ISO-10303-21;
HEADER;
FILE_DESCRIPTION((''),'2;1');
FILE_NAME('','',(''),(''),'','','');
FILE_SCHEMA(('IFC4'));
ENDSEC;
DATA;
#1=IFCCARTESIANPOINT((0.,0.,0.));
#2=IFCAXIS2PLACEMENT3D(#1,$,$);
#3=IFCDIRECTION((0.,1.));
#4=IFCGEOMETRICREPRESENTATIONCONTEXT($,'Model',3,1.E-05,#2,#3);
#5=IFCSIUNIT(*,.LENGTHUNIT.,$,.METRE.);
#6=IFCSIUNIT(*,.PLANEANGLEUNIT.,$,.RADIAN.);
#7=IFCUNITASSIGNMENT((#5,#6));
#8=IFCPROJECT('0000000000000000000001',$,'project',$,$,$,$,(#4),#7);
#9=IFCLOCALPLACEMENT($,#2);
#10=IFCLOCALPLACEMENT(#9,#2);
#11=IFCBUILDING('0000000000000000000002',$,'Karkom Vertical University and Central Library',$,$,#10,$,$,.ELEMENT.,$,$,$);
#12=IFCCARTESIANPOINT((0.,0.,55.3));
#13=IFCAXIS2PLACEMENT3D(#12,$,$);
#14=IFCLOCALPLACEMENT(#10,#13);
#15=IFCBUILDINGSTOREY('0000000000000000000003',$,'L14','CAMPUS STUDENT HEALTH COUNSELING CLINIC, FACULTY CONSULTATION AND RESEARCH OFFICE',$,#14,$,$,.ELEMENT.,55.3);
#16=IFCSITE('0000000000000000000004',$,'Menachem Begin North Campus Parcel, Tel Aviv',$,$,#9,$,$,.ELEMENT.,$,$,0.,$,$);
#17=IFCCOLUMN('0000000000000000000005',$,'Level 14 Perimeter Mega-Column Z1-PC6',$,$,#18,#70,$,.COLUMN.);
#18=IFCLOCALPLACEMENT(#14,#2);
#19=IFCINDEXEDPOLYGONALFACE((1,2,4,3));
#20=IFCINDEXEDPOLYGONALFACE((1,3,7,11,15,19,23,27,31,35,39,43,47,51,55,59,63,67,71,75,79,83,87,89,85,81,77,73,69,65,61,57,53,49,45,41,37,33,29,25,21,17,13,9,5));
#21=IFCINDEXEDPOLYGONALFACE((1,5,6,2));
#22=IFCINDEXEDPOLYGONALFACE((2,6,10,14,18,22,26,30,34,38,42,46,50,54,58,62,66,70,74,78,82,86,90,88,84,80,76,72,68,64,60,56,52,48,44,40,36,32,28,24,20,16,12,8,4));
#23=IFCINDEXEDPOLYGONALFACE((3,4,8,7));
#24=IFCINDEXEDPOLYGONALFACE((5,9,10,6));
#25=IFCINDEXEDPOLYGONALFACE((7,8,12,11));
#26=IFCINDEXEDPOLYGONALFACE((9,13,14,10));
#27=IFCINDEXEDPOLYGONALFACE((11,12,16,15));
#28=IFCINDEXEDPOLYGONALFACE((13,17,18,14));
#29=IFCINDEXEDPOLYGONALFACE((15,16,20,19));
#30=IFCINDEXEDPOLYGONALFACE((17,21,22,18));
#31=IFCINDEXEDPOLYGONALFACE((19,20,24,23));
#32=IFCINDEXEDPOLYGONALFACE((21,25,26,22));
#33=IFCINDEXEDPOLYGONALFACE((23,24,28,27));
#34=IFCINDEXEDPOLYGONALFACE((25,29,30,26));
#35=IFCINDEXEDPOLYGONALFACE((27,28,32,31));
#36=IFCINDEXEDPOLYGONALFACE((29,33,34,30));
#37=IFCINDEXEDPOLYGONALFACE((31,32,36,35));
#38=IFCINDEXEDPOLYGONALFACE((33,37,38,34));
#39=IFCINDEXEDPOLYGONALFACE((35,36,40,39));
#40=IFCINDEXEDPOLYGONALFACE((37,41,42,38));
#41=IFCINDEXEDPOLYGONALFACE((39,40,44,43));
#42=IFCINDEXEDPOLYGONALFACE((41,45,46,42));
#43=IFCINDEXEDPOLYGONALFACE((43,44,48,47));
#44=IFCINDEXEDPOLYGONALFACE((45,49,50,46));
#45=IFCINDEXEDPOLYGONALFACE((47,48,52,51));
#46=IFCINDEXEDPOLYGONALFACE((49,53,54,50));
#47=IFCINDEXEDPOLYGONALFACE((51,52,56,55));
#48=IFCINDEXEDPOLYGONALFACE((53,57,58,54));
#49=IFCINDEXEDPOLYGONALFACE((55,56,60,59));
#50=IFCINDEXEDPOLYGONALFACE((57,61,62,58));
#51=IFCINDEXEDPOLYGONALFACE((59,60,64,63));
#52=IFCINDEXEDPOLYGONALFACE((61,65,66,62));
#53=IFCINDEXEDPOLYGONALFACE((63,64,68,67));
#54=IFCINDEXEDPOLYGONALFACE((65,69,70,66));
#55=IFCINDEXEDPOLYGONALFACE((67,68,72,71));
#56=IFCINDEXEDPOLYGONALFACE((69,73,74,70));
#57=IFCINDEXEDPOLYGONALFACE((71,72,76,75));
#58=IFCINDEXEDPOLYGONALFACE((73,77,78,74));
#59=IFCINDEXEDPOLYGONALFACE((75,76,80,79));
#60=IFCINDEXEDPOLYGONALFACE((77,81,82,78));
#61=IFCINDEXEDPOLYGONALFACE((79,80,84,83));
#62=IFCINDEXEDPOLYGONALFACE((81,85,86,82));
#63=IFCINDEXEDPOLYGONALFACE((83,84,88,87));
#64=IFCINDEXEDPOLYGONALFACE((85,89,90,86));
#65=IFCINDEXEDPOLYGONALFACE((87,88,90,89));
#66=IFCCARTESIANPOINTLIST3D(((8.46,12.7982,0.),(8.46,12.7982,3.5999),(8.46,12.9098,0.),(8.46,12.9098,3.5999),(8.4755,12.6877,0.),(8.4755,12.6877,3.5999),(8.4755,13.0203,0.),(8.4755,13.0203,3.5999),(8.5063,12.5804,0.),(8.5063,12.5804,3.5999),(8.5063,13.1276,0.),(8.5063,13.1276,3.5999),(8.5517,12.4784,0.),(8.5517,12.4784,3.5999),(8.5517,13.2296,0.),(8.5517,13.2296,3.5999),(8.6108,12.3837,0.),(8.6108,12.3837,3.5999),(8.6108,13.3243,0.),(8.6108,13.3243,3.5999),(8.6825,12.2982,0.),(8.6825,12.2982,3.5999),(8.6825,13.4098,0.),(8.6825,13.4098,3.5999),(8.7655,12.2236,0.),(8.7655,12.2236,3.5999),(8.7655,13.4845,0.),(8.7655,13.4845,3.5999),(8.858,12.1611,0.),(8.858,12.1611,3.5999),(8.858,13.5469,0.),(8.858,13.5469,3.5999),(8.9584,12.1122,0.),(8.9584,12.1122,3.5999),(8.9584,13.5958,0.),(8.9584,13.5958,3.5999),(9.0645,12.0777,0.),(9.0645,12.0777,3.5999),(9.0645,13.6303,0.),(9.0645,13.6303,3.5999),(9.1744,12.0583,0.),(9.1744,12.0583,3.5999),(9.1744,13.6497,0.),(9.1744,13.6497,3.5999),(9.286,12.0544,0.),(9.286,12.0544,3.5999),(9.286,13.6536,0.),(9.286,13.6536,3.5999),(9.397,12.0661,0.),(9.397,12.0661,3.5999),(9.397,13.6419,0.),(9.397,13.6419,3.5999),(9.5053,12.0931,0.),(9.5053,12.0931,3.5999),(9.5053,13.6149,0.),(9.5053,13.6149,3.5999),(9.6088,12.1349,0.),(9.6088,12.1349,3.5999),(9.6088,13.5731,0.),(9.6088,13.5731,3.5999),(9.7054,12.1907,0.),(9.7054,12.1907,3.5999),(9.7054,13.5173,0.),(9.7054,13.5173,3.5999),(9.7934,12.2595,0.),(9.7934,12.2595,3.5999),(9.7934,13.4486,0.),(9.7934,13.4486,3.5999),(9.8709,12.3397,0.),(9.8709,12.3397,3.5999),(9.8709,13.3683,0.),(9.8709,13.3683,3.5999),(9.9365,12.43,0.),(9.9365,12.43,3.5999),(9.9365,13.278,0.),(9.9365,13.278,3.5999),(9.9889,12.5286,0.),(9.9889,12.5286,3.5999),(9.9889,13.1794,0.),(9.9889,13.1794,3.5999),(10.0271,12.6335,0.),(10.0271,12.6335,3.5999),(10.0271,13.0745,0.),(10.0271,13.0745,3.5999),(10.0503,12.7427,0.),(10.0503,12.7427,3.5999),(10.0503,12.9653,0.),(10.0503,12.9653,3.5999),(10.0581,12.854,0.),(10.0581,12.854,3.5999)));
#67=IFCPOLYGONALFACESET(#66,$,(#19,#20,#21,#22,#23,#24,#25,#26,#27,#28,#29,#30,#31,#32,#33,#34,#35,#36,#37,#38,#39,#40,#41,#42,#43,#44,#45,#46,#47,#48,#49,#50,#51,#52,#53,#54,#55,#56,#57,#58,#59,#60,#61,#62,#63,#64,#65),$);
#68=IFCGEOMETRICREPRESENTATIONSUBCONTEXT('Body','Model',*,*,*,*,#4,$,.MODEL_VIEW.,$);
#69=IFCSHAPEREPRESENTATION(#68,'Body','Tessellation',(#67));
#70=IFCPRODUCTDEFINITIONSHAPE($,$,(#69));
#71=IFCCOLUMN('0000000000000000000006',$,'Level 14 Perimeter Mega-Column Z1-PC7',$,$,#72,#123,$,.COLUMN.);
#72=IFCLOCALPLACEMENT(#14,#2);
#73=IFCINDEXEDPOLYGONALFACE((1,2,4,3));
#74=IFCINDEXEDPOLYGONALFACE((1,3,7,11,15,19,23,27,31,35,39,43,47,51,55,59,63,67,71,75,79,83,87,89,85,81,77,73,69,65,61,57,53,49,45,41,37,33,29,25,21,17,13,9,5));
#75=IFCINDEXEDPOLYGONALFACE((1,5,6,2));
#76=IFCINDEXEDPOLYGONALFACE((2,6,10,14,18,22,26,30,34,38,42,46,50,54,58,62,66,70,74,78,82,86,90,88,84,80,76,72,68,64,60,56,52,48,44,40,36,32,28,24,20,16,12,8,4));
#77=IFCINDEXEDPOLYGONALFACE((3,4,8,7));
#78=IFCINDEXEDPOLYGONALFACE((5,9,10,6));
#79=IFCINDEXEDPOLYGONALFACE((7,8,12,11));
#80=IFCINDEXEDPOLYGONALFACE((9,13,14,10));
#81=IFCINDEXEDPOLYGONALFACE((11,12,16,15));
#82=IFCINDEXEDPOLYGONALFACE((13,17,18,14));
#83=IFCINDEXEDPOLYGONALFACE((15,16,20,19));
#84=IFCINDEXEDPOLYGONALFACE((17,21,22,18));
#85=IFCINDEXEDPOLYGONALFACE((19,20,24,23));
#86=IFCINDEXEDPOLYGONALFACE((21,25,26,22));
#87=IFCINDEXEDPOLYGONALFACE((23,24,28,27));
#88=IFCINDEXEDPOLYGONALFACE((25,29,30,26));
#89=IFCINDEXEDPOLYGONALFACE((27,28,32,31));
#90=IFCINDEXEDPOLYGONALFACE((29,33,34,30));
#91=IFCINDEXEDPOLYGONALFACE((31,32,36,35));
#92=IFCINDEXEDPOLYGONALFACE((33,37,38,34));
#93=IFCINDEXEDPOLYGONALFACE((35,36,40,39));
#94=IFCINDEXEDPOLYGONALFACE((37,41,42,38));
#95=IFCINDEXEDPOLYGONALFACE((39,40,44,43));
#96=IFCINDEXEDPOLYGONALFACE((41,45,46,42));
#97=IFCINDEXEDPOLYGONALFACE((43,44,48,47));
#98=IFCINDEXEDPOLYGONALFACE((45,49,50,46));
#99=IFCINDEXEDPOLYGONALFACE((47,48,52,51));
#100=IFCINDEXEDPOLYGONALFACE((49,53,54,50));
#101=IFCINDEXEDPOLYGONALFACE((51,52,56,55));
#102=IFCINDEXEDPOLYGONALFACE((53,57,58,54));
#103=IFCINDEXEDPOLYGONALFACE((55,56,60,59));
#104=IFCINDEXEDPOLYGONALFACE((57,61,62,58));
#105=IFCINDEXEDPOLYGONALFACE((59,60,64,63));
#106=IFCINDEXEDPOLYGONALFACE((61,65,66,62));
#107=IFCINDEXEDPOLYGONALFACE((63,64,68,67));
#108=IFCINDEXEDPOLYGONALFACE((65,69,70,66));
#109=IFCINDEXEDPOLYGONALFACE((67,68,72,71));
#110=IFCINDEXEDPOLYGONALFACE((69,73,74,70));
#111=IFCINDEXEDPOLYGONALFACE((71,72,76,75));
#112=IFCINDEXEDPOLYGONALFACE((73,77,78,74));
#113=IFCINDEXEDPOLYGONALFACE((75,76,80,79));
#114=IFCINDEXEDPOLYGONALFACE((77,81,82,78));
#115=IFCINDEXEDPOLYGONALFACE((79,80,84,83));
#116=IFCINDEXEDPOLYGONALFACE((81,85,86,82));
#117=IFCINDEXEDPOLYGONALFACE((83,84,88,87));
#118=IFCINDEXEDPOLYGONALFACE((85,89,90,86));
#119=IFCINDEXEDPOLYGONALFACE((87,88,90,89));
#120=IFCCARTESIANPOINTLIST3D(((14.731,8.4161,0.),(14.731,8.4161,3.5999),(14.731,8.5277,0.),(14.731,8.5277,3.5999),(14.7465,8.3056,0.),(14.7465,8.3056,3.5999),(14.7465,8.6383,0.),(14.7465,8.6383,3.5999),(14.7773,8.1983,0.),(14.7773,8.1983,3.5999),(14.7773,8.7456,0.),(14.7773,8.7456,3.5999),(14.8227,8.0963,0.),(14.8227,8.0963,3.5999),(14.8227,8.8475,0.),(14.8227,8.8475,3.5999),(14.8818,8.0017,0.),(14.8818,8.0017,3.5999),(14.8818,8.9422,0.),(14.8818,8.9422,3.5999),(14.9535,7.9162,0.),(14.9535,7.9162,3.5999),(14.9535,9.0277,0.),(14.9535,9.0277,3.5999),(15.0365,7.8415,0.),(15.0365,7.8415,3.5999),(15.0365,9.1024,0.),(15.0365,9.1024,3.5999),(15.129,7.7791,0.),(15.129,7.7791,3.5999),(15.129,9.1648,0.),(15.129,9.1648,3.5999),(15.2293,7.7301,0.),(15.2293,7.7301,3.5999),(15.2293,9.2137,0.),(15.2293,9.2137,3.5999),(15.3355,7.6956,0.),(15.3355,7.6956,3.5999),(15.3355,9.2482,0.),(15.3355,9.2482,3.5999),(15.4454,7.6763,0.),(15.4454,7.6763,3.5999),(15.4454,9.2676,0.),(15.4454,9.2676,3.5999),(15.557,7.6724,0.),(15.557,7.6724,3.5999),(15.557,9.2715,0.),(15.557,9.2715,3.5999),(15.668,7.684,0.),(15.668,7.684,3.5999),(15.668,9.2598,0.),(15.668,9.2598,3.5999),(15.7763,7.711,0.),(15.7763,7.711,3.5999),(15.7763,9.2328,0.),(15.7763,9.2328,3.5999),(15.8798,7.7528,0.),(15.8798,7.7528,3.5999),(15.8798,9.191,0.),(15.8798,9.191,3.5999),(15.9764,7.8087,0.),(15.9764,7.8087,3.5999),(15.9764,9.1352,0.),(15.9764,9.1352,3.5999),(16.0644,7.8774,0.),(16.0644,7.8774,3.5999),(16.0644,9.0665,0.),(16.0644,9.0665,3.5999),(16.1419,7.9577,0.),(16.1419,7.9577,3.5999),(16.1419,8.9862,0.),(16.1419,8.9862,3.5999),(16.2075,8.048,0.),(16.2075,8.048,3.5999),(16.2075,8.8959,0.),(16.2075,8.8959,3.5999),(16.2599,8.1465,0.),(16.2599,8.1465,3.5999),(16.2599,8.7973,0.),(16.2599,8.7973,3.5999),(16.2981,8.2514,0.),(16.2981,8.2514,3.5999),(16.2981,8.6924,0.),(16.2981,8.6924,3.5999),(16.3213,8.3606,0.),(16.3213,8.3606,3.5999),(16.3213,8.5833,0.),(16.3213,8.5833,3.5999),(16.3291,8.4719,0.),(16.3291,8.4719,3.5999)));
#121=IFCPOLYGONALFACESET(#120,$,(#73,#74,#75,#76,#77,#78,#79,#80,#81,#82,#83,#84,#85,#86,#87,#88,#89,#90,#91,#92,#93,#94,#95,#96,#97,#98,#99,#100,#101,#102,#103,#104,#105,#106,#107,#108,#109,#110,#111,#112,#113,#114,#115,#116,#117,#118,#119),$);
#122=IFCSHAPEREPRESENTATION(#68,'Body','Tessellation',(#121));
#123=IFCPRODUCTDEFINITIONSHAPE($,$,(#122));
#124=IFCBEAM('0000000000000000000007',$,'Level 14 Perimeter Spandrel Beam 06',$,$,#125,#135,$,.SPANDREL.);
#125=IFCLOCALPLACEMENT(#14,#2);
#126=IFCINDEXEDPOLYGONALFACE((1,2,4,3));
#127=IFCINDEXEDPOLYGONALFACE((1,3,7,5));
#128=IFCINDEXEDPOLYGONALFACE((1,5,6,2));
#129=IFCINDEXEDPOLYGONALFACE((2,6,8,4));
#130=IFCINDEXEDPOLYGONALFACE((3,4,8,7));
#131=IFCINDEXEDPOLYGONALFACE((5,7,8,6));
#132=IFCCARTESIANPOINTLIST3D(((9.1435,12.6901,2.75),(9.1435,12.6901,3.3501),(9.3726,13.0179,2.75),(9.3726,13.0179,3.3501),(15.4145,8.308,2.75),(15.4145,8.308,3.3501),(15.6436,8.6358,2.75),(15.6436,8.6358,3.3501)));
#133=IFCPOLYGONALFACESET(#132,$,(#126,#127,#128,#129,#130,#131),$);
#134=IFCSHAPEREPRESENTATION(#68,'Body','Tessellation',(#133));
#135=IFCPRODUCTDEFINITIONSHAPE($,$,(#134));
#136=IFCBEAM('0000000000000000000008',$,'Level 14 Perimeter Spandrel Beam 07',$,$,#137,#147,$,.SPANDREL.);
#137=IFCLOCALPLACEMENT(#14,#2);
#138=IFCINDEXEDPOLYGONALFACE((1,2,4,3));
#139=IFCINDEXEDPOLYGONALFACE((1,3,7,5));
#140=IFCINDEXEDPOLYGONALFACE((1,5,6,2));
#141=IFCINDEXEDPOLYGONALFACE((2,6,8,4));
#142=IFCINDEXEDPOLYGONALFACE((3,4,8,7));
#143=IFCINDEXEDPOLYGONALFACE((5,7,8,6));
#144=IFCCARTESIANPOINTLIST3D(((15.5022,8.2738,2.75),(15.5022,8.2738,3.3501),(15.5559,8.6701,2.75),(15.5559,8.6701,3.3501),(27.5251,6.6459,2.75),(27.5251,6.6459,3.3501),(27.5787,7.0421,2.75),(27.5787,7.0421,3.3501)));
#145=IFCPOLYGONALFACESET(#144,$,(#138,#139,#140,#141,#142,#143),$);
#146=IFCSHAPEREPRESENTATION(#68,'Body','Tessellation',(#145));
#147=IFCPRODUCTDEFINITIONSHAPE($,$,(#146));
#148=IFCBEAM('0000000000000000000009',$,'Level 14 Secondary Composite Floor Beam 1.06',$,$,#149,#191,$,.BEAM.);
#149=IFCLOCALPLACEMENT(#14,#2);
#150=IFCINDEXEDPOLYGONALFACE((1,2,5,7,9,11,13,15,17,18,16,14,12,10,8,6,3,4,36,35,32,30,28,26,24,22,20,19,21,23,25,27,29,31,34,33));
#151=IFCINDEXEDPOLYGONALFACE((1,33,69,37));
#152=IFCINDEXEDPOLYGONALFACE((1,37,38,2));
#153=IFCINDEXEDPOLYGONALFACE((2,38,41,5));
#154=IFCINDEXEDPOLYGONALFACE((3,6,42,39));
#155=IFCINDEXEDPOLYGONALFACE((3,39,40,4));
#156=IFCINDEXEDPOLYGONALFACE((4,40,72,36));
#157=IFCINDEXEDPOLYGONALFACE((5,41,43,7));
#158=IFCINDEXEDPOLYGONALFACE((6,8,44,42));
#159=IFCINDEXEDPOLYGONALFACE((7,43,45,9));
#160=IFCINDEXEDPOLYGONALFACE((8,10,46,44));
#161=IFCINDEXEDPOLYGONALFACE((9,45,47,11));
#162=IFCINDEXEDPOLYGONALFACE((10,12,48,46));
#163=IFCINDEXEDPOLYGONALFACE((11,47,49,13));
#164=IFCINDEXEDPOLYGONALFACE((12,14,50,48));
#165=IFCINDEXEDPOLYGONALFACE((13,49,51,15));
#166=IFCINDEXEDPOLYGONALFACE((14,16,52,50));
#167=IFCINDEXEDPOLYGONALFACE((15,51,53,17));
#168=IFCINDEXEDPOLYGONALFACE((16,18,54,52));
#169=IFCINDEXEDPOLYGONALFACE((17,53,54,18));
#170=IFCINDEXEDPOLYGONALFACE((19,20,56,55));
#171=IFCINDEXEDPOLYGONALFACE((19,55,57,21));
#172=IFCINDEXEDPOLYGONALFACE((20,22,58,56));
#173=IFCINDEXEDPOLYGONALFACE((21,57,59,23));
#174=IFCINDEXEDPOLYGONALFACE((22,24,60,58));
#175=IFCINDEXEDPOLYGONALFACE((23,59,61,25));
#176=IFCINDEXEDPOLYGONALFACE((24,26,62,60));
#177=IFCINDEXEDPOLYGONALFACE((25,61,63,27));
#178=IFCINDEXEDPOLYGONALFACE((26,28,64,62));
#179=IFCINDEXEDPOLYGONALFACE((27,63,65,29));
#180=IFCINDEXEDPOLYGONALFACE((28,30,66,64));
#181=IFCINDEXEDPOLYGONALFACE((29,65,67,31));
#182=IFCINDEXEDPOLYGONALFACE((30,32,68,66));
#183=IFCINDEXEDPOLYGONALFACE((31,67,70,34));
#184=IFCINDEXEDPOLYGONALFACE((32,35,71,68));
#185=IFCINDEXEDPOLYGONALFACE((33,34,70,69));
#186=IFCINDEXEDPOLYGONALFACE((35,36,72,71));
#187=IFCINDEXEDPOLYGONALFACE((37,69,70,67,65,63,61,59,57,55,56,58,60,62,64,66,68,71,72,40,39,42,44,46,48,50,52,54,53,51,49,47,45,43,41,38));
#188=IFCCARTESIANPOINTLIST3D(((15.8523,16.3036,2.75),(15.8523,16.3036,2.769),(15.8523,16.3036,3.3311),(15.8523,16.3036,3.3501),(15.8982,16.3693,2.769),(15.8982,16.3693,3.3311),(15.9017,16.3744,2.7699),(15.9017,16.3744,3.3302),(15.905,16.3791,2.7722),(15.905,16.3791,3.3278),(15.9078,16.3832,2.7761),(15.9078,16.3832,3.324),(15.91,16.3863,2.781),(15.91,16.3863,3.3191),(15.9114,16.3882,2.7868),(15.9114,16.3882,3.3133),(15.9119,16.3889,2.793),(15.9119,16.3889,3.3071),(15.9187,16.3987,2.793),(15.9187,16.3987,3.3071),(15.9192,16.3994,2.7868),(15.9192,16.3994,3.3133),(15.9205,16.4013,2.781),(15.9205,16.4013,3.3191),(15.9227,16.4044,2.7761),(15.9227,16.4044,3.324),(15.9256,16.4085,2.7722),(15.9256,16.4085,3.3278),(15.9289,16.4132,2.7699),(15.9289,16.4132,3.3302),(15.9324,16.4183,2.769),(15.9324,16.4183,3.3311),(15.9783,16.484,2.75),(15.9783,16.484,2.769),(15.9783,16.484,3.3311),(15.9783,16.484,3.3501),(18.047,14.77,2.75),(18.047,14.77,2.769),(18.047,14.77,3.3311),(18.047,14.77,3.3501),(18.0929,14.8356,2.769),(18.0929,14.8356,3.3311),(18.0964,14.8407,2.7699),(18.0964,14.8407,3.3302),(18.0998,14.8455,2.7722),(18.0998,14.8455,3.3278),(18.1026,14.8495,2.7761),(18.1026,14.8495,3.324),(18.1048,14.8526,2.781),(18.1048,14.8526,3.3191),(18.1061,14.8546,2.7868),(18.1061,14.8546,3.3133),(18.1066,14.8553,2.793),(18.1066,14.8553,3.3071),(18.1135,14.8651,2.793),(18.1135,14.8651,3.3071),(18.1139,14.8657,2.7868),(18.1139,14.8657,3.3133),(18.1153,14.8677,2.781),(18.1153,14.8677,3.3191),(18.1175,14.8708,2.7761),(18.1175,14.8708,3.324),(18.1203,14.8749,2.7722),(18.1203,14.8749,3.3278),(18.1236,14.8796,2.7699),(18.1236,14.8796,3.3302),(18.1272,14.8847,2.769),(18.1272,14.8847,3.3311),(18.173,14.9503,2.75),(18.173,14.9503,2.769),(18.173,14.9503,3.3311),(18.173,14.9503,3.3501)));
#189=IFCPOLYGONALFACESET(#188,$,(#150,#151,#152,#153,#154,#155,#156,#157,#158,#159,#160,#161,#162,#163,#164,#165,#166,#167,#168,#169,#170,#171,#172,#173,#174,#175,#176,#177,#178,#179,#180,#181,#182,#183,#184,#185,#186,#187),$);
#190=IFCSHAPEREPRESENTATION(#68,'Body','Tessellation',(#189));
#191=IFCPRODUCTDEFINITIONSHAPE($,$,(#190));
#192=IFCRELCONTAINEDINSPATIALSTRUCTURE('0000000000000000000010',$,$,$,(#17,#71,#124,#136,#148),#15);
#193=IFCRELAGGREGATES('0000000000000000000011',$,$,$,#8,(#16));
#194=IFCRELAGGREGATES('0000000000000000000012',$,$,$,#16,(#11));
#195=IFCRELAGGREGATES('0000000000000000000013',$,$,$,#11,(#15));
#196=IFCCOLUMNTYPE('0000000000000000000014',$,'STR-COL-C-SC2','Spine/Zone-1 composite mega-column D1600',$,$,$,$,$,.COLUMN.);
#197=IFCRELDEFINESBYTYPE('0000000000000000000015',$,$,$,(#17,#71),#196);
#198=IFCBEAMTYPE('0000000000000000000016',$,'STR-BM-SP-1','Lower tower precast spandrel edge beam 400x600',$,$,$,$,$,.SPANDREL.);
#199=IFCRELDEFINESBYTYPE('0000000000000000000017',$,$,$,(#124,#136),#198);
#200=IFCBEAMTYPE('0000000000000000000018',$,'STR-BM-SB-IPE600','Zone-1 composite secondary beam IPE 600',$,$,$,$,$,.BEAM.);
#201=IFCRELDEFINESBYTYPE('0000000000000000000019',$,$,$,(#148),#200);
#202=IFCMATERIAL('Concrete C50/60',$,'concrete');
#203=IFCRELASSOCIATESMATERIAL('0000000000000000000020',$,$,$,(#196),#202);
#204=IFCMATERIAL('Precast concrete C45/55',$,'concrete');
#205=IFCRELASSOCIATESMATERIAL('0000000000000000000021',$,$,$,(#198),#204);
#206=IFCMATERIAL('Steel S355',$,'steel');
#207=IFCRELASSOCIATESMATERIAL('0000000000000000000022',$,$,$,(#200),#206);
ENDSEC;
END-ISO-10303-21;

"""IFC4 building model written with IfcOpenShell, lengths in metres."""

from ifc_helpers import new_model, si_unit, direction, frame, origin, origin_with_axes, origin_2d, place, context, subcontext, project, spatial, rectangle, circle, i_section, extrude, source, transform, mapped, material, material_profile, profile_set, type_object, element, save


model = new_model("IFC4")

# Units and contexts
model_context = context("Model", 3, precision=1e-05, world=origin(), true_north=direction((0.0, 1.0)))
body_context = subcontext(model_context, "Body", "Model", "MODEL_VIEW")
ifc_project = project(units=[si_unit("LENGTHUNIT", "METRE"), si_unit("PLANEANGLEUNIT", "RADIAN")], contexts=[model_context])

# Site, building, storey
site_placement = place(None, origin())
site = spatial("IfcSite", under=ifc_project, at=site_placement, Name="Menachem Begin North Campus Parcel, Tel Aviv", CompositionType="ELEMENT", RefElevation=0.0)
building_placement = place(site_placement, origin())
building = spatial("IfcBuilding", under=site, at=building_placement, Name="Karkom Vertical University and Central Library", CompositionType="ELEMENT")
storey_placement = place(building_placement, frame((0.0, 0.0, 55.3)))
storey = spatial("IfcBuildingStorey", under=building, at=storey_placement, Name="L14", Description="CAMPUS STUDENT HEALTH COUNSELING CLINIC, FACULTY CONSULTATION AND RESEARCH OFFICE", CompositionType="ELEMENT", Elevation=55.3)

# Columns
ifc_material_1 = material(Name="Concrete C50/60", Category="concrete")
ifc_material_profile_1 = material_profile(ifc_material_1, circle(Radius=0.8, at=origin_2d()), Name="CFT-D1600")
ifc_profile_set_1 = profile_set([ifc_material_profile_1], Name="Concrete C50/60")
column_type = type_object("IfcColumnType", Name="STR-COL-C-SC2", Description="Spine/Zone-1 composite mega-column D1600", PredefinedType="COLUMN", material=ifc_profile_set_1)
shared_shape_1 = source(origin_with_axes(), body_context, "Body", "SweptSolid", [
    extrude(circle(Radius=0.8, at=origin_2d()), origin(), (0.0, 0.0, 1.0), 3.5999),
])
for number, where, z_axis, x_axis, name in (
    (1, (9.2581, 12.854, 0.0), (0.0, 0.0, 1.0), (1.0, 0.0, 0.0), "Level 14 Perimeter Mega-Column Z1-PC6"),
    (2, (15.5291, 8.4719, 0.0), (0.0, 0.0, 1.0), (1.0, 0.0, 0.0), "Level 14 Perimeter Mega-Column Z1-PC7"),
):
    element("IfcColumn", number, at=place(storey_placement, frame(where, z_axis=z_axis, x_axis=x_axis)), inside=storey, type_object=column_type, Name=name, PredefinedType="COLUMN", context=body_context, shape_type="MappedRepresentation", body=[
        mapped(shared_shape_1, transform((0.0, 0.0, 0.0), scale=1.0)),
    ])

# Beams
ifc_material_2 = material(Name="Precast concrete C45/55", Category="concrete")
ifc_material_profile_2 = material_profile(ifc_material_2, rectangle(XDim=0.3999, YDim=0.6001, at=origin_2d()), Name="SPB-400x600")
ifc_profile_set_2 = profile_set([ifc_material_profile_2], Name="Precast concrete C45/55")
beam_type_1 = type_object("IfcBeamType", Name="STR-BM-SP-1", Description="Lower tower precast spandrel edge beam 400x600", PredefinedType="SPANDREL", material=ifc_profile_set_2)
shared_shape_2 = source(origin_with_axes(), body_context, "Body", "SweptSolid", [
    extrude(rectangle(XDim=0.3999, YDim=0.6001, at=origin_2d()), origin(), (0.0, 0.0, 1.0), 7.6504),
])
beam_1_placement = place(storey_placement, frame((9.2581, 12.854, 3.05), z_axis=(0.819699, -0.572794, 0.0), x_axis=(0.572794, 0.819699, 0.0)))
element("IfcBeam", 3, at=beam_1_placement, inside=storey, type_object=beam_type_1, Name="Level 14 Perimeter Spandrel Beam 06", PredefinedType="SPANDREL", context=body_context, shape_type="MappedRepresentation", body=[
    mapped(shared_shape_2, transform((0.0, 0.0, 0.0), scale=1.0)),
])
shared_shape_3 = source(origin_with_axes(), body_context, "Body", "SweptSolid", [
    extrude(rectangle(XDim=0.3999, YDim=0.6001, at=origin_2d()), origin(), (0.0, 0.0, 1.0), 12.1326),
])
beam_2_placement = place(storey_placement, frame((15.5291, 8.4719, 3.05), z_axis=(0.990957, -0.134177, 0.0), x_axis=(0.134177, 0.990957, 0.0)))
element("IfcBeam", 4, at=beam_2_placement, inside=storey, type_object=beam_type_1, Name="Level 14 Perimeter Spandrel Beam 07", PredefinedType="SPANDREL", context=body_context, shape_type="MappedRepresentation", body=[
    mapped(shared_shape_3, transform((0.0, 0.0, 0.0), scale=1.0)),
])
ifc_material_3 = material(Name="Steel S355", Category="steel")
ifc_material_profile_3 = material_profile(ifc_material_3, i_section(OverallWidth=0.22, OverallDepth=0.6001, WebThickness=0.012, FlangeThickness=0.019, FilletRadius=0.0239, at=origin_2d()), Name="IPE 600")
ifc_profile_set_3 = profile_set([ifc_material_profile_3], Name="Steel S355")
beam_type_2 = type_object("IfcBeamType", Name="STR-BM-SB-IPE600", Description="Zone-1 composite secondary beam IPE 600", PredefinedType="BEAM", material=ifc_profile_set_3)
shared_shape_4 = source(origin_with_axes(), body_context, "Body", "SweptSolid", [
    extrude(i_section(OverallWidth=0.22, OverallDepth=0.6001, WebThickness=0.012, FlangeThickness=0.019, FilletRadius=0.0239, at=origin_2d()), origin(), (0.0, 0.0, 1.0), 2.6775),
])
beam_3_placement = place(storey_placement, frame((15.9153, 16.3938, 3.05), z_axis=(0.819703, -0.572789, 0.0), x_axis=(0.572789, 0.819703, 0.0)))
element("IfcBeam", 5, at=beam_3_placement, inside=storey, type_object=beam_type_2, Name="Level 14 Secondary Composite Floor Beam 1.06", PredefinedType="BEAM", context=body_context, shape_type="MappedRepresentation", body=[
    mapped(shared_shape_4, transform((0.0, 0.0, 0.0), scale=1.0)),
])

save(model, "model.ifc")
